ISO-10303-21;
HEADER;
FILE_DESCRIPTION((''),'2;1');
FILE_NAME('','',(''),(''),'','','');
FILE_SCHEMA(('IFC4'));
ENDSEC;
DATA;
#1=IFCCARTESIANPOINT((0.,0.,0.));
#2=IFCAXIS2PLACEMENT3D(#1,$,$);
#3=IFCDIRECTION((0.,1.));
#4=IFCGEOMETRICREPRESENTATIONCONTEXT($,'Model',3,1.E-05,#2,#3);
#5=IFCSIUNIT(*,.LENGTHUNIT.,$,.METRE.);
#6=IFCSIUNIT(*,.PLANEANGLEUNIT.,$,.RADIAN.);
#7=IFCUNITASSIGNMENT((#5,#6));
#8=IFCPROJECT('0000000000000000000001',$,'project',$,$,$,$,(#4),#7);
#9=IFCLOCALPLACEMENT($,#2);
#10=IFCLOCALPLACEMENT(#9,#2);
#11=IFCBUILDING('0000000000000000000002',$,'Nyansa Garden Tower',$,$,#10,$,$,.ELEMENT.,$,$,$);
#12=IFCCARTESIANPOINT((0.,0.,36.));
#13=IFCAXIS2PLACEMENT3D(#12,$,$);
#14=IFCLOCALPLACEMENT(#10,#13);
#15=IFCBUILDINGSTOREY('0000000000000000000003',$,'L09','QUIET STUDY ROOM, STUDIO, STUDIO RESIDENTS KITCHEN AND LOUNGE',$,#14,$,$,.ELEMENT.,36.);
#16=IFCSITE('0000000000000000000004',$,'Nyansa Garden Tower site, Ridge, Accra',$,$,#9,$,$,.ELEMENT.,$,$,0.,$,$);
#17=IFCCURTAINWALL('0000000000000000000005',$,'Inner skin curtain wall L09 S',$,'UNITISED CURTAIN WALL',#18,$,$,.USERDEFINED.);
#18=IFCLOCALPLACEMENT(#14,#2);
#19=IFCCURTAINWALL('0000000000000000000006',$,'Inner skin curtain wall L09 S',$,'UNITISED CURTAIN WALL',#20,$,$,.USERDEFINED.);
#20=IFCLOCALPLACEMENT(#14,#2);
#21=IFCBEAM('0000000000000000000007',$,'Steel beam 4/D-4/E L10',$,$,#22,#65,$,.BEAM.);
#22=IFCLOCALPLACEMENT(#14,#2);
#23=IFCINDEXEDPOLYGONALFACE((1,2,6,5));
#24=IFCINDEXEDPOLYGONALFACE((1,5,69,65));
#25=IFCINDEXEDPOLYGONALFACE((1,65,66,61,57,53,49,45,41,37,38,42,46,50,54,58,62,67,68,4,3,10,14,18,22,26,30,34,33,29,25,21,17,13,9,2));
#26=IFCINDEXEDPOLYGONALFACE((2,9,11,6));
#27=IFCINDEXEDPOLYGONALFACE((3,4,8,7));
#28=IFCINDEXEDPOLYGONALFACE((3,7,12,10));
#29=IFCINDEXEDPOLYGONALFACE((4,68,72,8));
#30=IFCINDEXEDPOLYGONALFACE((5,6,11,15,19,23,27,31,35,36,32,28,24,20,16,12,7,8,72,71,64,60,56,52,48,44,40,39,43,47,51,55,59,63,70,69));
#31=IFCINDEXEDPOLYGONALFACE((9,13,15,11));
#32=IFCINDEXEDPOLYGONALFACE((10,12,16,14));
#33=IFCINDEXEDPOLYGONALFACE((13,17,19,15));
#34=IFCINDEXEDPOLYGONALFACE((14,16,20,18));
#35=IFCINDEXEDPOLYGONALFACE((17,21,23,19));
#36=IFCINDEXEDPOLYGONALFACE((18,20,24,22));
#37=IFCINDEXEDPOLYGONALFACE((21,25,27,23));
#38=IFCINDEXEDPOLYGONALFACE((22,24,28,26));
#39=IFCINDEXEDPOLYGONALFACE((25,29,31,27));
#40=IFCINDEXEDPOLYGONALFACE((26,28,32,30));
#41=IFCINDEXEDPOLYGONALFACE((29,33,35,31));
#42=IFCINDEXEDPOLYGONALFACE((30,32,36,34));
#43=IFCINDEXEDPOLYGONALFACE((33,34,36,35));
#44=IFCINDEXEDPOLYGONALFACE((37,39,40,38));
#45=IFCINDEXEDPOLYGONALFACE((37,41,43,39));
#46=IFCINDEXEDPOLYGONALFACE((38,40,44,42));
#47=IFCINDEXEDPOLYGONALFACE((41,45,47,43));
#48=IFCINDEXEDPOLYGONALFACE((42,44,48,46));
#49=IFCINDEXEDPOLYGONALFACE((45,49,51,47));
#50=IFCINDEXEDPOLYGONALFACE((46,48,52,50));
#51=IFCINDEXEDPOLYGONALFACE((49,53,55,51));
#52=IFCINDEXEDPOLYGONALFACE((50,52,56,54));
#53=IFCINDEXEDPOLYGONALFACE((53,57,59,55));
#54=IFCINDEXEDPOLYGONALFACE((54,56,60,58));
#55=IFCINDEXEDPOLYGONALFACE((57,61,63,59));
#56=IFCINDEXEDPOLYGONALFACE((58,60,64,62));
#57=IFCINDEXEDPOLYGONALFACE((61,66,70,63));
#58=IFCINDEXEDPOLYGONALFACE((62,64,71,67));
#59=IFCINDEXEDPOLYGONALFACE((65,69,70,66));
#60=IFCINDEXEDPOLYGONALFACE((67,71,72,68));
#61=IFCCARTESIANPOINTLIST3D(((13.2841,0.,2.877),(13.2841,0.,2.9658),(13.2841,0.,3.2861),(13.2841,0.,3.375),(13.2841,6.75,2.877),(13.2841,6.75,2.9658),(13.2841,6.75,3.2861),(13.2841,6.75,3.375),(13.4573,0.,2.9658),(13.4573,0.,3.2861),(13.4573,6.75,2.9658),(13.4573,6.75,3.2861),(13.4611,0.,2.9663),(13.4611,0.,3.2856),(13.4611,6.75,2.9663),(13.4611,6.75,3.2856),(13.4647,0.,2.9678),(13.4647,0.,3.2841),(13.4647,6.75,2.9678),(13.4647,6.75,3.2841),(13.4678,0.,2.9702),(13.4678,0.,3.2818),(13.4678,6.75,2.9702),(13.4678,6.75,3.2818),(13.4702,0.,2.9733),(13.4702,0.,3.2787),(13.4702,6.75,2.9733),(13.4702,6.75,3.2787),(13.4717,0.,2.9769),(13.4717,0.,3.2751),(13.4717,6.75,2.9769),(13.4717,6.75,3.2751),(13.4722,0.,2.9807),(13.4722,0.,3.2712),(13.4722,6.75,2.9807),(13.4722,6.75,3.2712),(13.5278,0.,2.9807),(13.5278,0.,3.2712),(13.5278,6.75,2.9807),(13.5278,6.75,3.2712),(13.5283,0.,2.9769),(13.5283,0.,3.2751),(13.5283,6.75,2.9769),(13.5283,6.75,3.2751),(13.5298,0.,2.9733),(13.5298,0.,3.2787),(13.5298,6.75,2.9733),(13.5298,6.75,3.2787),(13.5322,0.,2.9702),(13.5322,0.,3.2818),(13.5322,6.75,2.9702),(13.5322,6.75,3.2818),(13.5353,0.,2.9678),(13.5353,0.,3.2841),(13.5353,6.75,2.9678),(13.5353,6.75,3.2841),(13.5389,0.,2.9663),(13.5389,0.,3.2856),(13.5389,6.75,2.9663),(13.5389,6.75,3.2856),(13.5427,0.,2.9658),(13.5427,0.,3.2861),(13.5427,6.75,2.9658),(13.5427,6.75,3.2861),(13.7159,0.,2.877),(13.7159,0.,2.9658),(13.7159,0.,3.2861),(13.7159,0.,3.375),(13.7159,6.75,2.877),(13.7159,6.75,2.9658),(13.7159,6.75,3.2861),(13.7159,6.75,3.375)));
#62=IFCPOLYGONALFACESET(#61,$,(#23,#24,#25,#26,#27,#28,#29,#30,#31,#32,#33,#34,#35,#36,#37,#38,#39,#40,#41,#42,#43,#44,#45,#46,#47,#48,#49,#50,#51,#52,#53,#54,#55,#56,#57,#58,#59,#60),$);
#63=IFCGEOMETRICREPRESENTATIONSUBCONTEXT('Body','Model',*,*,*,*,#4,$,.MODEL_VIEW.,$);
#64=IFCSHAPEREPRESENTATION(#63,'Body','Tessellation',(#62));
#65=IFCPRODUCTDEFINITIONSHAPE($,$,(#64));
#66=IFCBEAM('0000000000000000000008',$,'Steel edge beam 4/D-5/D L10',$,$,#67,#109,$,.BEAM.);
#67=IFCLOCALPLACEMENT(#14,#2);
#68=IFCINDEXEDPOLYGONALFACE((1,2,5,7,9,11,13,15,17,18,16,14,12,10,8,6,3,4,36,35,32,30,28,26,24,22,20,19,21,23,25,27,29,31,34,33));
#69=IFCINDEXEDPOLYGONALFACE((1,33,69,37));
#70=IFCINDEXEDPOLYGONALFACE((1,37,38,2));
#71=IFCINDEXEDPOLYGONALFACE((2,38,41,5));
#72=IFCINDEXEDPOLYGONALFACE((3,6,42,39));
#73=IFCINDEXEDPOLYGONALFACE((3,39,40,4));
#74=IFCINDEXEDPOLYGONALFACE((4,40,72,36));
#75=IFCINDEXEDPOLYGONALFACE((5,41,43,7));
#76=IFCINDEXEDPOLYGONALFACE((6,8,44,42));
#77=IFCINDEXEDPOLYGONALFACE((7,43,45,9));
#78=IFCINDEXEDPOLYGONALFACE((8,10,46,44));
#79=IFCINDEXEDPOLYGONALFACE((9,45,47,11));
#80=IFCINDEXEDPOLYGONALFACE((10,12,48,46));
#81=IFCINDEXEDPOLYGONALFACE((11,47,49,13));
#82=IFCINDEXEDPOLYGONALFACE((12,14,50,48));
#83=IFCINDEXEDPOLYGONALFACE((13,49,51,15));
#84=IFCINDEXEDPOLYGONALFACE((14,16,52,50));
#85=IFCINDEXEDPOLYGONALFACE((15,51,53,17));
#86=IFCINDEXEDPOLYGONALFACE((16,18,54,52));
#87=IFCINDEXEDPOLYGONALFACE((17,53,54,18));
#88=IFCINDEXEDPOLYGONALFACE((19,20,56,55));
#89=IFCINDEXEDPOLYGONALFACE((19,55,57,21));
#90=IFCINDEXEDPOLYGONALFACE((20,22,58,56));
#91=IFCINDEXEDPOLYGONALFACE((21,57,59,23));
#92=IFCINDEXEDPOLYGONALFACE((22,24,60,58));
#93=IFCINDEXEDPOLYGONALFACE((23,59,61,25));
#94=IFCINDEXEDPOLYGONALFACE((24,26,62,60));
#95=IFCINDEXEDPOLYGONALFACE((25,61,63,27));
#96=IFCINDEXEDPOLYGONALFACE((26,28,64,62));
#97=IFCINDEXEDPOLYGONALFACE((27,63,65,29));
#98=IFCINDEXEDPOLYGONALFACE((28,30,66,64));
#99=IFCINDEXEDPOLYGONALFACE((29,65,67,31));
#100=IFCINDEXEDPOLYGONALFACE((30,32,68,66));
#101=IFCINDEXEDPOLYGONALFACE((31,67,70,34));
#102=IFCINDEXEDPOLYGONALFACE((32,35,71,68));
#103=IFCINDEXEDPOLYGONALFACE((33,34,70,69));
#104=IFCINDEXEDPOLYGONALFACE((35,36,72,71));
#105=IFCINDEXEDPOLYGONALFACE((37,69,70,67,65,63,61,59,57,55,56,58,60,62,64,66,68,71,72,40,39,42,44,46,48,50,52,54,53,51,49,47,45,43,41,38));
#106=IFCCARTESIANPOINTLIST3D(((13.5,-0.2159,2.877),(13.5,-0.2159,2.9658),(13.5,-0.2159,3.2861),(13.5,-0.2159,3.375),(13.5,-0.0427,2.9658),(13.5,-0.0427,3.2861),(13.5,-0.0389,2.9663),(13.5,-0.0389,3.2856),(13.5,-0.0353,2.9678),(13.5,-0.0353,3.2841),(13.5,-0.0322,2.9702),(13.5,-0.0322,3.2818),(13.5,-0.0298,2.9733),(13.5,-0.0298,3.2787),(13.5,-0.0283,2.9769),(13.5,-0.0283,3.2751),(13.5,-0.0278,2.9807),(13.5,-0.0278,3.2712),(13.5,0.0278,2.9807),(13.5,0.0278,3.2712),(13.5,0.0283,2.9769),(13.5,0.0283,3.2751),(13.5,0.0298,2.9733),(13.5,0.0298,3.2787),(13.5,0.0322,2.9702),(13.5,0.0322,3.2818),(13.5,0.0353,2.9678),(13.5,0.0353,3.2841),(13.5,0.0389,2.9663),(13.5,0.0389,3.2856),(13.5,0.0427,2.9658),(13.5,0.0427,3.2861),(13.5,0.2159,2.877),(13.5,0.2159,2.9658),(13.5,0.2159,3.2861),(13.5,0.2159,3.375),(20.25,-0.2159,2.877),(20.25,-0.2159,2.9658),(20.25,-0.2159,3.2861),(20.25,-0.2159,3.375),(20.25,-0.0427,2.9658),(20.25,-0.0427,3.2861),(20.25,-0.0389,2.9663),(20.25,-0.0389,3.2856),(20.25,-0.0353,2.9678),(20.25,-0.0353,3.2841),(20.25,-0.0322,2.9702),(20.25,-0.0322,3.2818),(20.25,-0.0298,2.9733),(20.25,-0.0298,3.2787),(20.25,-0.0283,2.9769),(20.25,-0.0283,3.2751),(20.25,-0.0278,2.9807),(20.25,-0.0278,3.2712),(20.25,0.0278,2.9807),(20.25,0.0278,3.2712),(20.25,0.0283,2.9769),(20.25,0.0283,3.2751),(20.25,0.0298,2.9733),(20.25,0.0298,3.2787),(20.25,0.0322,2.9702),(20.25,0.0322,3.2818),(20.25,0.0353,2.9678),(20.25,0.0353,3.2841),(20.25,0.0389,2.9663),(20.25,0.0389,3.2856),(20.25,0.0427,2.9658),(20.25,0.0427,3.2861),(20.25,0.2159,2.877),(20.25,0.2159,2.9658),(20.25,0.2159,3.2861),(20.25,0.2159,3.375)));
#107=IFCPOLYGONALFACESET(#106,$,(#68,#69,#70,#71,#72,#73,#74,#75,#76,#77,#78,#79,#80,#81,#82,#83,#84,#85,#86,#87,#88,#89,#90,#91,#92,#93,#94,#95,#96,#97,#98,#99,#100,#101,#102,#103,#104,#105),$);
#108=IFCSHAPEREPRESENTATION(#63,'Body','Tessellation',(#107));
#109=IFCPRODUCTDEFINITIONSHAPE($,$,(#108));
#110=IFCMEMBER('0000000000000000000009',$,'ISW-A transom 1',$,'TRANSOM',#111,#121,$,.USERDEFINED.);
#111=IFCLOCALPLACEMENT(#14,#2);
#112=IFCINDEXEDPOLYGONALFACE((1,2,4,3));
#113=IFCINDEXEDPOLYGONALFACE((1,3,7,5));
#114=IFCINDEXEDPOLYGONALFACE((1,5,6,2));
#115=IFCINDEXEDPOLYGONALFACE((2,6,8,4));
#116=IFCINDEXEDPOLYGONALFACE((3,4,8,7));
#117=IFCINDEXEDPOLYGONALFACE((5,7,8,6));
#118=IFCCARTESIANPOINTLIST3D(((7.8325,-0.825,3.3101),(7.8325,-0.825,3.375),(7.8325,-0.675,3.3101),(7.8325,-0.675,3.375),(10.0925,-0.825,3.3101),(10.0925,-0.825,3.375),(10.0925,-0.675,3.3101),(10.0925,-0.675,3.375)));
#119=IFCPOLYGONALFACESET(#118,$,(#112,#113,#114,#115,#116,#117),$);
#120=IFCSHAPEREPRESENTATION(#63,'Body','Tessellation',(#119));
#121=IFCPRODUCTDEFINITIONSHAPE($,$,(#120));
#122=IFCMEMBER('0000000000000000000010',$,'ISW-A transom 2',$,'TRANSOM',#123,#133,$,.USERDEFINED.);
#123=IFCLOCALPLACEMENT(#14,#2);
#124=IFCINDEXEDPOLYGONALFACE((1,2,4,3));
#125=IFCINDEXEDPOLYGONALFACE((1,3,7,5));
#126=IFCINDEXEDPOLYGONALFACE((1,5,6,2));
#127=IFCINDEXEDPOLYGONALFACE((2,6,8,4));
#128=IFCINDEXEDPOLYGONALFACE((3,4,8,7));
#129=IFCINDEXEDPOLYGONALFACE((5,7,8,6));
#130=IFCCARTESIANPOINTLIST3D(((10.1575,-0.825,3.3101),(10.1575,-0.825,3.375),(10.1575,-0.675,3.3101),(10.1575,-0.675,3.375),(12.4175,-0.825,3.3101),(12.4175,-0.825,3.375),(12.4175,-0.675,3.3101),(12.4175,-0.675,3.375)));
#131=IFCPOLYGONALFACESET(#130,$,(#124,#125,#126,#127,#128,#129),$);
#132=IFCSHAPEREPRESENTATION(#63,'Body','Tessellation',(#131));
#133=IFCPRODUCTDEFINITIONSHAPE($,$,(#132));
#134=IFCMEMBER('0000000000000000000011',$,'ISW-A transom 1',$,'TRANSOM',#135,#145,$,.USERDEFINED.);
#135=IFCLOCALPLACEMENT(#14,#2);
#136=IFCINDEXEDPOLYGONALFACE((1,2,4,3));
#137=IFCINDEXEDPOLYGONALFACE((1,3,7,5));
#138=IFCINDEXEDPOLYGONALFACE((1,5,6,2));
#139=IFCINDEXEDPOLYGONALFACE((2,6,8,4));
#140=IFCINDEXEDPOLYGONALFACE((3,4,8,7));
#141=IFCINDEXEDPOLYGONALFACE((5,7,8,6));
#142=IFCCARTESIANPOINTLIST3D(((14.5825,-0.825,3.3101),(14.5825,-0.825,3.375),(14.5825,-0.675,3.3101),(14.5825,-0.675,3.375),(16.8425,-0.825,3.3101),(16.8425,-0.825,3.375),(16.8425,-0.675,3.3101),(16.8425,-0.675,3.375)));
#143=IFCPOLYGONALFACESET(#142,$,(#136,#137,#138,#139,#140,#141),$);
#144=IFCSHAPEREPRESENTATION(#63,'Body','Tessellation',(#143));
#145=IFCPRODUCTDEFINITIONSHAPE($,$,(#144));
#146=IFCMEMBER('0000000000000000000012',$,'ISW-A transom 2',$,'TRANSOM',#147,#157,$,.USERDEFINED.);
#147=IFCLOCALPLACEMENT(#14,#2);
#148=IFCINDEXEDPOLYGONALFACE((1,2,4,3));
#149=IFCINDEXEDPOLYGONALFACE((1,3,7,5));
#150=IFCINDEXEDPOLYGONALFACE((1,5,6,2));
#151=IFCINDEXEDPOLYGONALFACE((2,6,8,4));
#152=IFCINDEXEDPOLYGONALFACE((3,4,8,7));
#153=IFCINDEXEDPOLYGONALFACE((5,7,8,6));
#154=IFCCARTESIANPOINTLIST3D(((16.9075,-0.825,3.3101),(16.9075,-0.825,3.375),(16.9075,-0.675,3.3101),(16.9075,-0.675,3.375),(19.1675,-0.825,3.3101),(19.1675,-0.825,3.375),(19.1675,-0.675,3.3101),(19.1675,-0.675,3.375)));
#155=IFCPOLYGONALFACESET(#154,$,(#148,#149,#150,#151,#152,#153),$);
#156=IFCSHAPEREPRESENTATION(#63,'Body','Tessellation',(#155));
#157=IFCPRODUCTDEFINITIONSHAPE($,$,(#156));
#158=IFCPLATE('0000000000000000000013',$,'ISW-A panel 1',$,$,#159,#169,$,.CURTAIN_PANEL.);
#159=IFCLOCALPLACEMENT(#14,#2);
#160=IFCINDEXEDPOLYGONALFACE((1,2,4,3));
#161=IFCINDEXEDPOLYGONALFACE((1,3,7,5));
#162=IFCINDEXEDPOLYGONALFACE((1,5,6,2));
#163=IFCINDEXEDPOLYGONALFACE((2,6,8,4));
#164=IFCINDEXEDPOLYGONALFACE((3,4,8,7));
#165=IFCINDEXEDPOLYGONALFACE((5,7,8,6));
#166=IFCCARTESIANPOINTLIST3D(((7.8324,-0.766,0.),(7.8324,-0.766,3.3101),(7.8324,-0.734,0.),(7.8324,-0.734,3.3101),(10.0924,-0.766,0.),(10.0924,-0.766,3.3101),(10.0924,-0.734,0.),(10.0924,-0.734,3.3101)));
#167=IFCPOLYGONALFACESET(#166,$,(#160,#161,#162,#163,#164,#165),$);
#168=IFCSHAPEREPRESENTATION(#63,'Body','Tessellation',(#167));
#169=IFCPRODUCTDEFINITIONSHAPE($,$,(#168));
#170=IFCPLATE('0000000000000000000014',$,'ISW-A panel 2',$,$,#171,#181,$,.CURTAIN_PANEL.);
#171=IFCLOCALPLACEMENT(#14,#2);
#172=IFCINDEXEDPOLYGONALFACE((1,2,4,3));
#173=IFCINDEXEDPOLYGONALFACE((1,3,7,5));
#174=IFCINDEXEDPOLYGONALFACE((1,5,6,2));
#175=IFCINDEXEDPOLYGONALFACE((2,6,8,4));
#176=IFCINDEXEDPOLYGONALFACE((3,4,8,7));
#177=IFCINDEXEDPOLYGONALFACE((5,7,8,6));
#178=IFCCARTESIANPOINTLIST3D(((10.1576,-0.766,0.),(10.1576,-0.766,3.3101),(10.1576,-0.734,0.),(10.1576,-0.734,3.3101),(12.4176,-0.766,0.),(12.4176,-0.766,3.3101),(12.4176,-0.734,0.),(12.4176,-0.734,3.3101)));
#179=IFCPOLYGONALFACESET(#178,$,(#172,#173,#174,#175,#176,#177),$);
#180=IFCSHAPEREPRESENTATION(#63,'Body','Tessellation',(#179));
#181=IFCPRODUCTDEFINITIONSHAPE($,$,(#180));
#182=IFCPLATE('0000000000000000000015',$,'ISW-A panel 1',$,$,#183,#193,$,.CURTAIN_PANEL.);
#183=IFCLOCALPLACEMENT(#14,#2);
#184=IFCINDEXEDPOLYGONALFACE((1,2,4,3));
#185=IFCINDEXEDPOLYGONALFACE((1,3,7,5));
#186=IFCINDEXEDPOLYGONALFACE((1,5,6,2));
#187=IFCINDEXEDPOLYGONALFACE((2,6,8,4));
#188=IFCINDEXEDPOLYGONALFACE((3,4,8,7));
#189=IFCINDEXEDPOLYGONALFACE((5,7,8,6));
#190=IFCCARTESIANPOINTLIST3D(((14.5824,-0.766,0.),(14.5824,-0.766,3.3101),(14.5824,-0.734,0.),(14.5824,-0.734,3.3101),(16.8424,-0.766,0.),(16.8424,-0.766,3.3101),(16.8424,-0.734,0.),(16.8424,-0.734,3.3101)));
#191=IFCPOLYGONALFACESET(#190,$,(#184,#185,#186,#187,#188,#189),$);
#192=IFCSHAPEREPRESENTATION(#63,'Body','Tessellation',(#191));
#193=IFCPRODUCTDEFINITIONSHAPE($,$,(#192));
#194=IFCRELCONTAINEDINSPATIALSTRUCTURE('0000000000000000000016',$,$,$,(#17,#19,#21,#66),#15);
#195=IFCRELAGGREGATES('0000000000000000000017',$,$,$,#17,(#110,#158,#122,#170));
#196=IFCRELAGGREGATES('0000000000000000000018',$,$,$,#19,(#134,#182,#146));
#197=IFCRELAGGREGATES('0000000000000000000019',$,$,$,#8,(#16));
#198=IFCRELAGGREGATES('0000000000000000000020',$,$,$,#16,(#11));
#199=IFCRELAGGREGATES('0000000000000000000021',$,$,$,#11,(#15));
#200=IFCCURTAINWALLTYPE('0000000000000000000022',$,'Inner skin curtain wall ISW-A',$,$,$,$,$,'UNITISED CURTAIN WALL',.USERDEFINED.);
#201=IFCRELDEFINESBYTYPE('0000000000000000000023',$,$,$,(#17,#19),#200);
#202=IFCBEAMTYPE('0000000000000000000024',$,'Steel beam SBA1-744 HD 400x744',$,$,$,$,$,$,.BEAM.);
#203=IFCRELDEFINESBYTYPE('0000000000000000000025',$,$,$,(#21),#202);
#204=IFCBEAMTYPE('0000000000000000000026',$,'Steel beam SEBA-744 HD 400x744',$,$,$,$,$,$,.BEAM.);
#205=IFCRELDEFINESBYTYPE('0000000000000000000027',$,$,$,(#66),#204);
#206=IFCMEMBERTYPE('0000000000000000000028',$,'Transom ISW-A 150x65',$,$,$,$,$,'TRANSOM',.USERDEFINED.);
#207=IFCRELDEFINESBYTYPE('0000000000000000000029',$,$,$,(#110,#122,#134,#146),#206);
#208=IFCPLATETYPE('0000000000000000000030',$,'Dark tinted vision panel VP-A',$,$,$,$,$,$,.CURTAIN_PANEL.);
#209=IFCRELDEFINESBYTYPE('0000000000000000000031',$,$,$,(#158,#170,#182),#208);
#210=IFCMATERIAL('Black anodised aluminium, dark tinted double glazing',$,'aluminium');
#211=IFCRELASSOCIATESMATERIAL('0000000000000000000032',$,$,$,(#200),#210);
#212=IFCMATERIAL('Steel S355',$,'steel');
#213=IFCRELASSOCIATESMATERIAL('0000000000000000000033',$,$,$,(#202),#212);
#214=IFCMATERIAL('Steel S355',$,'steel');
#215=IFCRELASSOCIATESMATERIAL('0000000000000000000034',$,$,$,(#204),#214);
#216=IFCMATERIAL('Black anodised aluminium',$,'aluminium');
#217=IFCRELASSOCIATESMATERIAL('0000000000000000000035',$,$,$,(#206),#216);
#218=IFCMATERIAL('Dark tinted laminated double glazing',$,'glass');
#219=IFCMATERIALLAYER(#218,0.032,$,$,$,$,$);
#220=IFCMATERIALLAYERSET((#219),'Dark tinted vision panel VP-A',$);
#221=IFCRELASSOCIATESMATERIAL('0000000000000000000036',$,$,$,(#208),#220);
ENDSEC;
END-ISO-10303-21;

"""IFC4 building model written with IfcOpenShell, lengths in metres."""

from ifc_helpers import new_model, si_unit, direction, frame, origin, origin_2d, place, context, subcontext, project, spatial, rectangle, i_section, extrude, material, layer, layer_set, material_profile, profile_set, type_object, element, aggregate, save


model = new_model("IFC4")

# Units and contexts
model_context = context("Model", 3, precision=1e-05, world=origin(), true_north=direction((0.0, 1.0)))
body_context = subcontext(model_context, "Body", "Model", "MODEL_VIEW")
ifc_project = project(units=[si_unit("LENGTHUNIT", "METRE"), si_unit("PLANEANGLEUNIT", "RADIAN")], contexts=[model_context])

# Site, building, storey
site_placement = place(None, origin())
site = spatial("IfcSite", under=ifc_project, at=site_placement, Name="Nyansa Garden Tower site, Ridge, Accra", CompositionType="ELEMENT", RefElevation=0.0)
building_placement = place(site_placement, origin())
building = spatial("IfcBuilding", under=site, at=building_placement, Name="Nyansa Garden Tower", CompositionType="ELEMENT")
storey_placement = place(building_placement, frame((0.0, 0.0, 36.0)))
storey = spatial("IfcBuildingStorey", under=building, at=storey_placement, Name="L09", Description="QUIET STUDY ROOM, STUDIO, STUDIO RESIDENTS KITCHEN AND LOUNGE", CompositionType="ELEMENT", Elevation=36.0)

# Curtain walls
ifc_material_1 = material(Name="Black anodised aluminium, dark tinted double glazing", Category="aluminium")
curtain_wall_type = type_object("IfcCurtainWallType", Name="Inner skin curtain wall ISW-A", ElementType="UNITISED CURTAIN WALL", PredefinedType="USERDEFINED", material=ifc_material_1)
curtain_wall_1_placement = place(storey_placement, origin())
curtain_wall_1 = element("IfcCurtainWall", 1, at=curtain_wall_1_placement, inside=storey, type_object=curtain_wall_type, Name="Inner skin curtain wall L09 S", ObjectType="UNITISED CURTAIN WALL", PredefinedType="USERDEFINED")
curtain_wall_2_placement = place(storey_placement, origin())
curtain_wall_2 = element("IfcCurtainWall", 2, at=curtain_wall_2_placement, inside=storey, type_object=curtain_wall_type, Name="Inner skin curtain wall L09 S", ObjectType="UNITISED CURTAIN WALL", PredefinedType="USERDEFINED")

# Beams
ifc_material_2 = material(Name="Steel S355", Category="steel")
ifc_material_profile_1 = material_profile(ifc_material_2, i_section(OverallWidth=0.4319, OverallDepth=0.498, WebThickness=0.0557, FlangeThickness=0.0889, FilletRadius=0.0149, at=origin_2d()), Name="HD 400x744")
ifc_profile_set_1 = profile_set([ifc_material_profile_1], Name="Steel S355")
beam_type_1 = type_object("IfcBeamType", Name="Steel beam SBA1-744 HD 400x744", PredefinedType="BEAM", material=ifc_profile_set_1)
beam_1_placement = place(storey_placement, frame((13.5, 0.0, 3.126), z_axis=(0.0, 1.0, 0.0), x_axis=(-1.0, 0.0, 0.0)))
element("IfcBeam", 3, at=beam_1_placement, inside=storey, type_object=beam_type_1, Name="Steel beam 4/D-4/E L10", PredefinedType="BEAM", context=body_context, shape_type="SweptSolid", body=[
    extrude(i_section(OverallWidth=0.4319, OverallDepth=0.498, WebThickness=0.0557, FlangeThickness=0.0889, FilletRadius=0.0149, at=origin_2d()), origin(), (0.0, 0.0, 1.0), 6.75),
])
ifc_material_3 = material(Name="Steel S355", Category="steel")
ifc_material_profile_2 = material_profile(ifc_material_3, i_section(OverallWidth=0.4319, OverallDepth=0.498, WebThickness=0.0557, FlangeThickness=0.0889, FilletRadius=0.0149, at=origin_2d()), Name="HD 400x744")
ifc_profile_set_2 = profile_set([ifc_material_profile_2], Name="Steel S355")
beam_type_2 = type_object("IfcBeamType", Name="Steel beam SEBA-744 HD 400x744", PredefinedType="BEAM", material=ifc_profile_set_2)
beam_2_placement = place(storey_placement, frame((13.5, 0.0, 3.126), z_axis=(1.0, 0.0, 0.0), x_axis=(0.0, 1.0, 0.0)))
element("IfcBeam", 4, at=beam_2_placement, inside=storey, type_object=beam_type_2, Name="Steel edge beam 4/D-5/D L10", PredefinedType="BEAM", context=body_context, shape_type="SweptSolid", body=[
    extrude(i_section(OverallWidth=0.4319, OverallDepth=0.498, WebThickness=0.0557, FlangeThickness=0.0889, FilletRadius=0.0149, at=origin_2d()), origin(), (0.0, 0.0, 1.0), 6.75),
])

# Members
ifc_material_4 = material(Name="Black anodised aluminium", Category="aluminium")
ifc_material_profile_3 = material_profile(ifc_material_4, rectangle(XDim=0.1499, YDim=0.0649, at=origin_2d()), Name="Transom 150x65")
ifc_profile_set_3 = profile_set([ifc_material_profile_3], Name="Black anodised aluminium")
member_type_1 = type_object("IfcMemberType", Name="Transom ISW-A 150x65", ElementType="TRANSOM", PredefinedType="USERDEFINED", material=ifc_profile_set_3)
member_1_placement = place(storey_placement, frame((7.8325, -0.75, 3.3425), z_axis=(1.0, 0.0, 0.0), x_axis=(0.0, 1.0, 0.0)))
member_1 = element("IfcMember", 5, at=member_1_placement, type_object=member_type_1, Name="ISW-A transom 1", ObjectType="TRANSOM", PredefinedType="USERDEFINED", context=body_context, shape_type="SweptSolid", body=[
    extrude(rectangle(XDim=0.1499, YDim=0.0649, at=origin_2d()), origin(), (0.0, 0.0, 1.0), 2.26),
])
member_2_placement = place(storey_placement, frame((10.1575, -0.75, 3.3425), z_axis=(1.0, 0.0, 0.0), x_axis=(0.0, 1.0, 0.0)))
member_2 = element("IfcMember", 6, at=member_2_placement, type_object=member_type_1, Name="ISW-A transom 2", ObjectType="TRANSOM", PredefinedType="USERDEFINED", context=body_context, shape_type="SweptSolid", body=[
    extrude(rectangle(XDim=0.1499, YDim=0.0649, at=origin_2d()), origin(), (0.0, 0.0, 1.0), 2.26),
])
member_3_placement = place(storey_placement, frame((14.5825, -0.75, 3.3425), z_axis=(1.0, 0.0, 0.0), x_axis=(0.0, 1.0, 0.0)))
member_3 = element("IfcMember", 7, at=member_3_placement, type_object=member_type_1, Name="ISW-A transom 1", ObjectType="TRANSOM", PredefinedType="USERDEFINED", context=body_context, shape_type="SweptSolid", body=[
    extrude(rectangle(XDim=0.1499, YDim=0.0649, at=origin_2d()), origin(), (0.0, 0.0, 1.0), 2.26),
])
member_4_placement = place(storey_placement, frame((16.9075, -0.75, 3.3425), z_axis=(1.0, 0.0, 0.0), x_axis=(0.0, 1.0, 0.0)))
member_4 = element("IfcMember", 8, at=member_4_placement, type_object=member_type_1, Name="ISW-A transom 2", ObjectType="TRANSOM", PredefinedType="USERDEFINED", context=body_context, shape_type="SweptSolid", body=[
    extrude(rectangle(XDim=0.1499, YDim=0.0649, at=origin_2d()), origin(), (0.0, 0.0, 1.0), 2.26),
])

# Plates
ifc_material_5 = material(Name="Dark tinted laminated double glazing", Category="glass")
ifc_layer_1 = layer(ifc_material_5, 0.032)
ifc_layer_set_1 = layer_set([ifc_layer_1], Name="Dark tinted vision panel VP-A")
plate_type_1 = type_object("IfcPlateType", Name="Dark tinted vision panel VP-A", PredefinedType="CURTAIN_PANEL", material=ifc_layer_set_1)
plate_1_placement = place(storey_placement, frame((8.9624, -0.75, 0.0), z_axis=(0.0, 0.0, 1.0), x_axis=(1.0, 0.0, 0.0)))
plate_1 = element("IfcPlate", 9, at=plate_1_placement, type_object=plate_type_1, Name="ISW-A panel 1", PredefinedType="CURTAIN_PANEL", context=body_context, shape_type="SweptSolid", body=[
    extrude(rectangle(XDim=2.26, YDim=0.032, at=origin_2d()), origin(), (0.0, 0.0, 1.0), 3.3101),
])
plate_2_placement = place(storey_placement, frame((11.2876, -0.75, 0.0), z_axis=(0.0, 0.0, 1.0), x_axis=(1.0, 0.0, 0.0)))
plate_2 = element("IfcPlate", 10, at=plate_2_placement, type_object=plate_type_1, Name="ISW-A panel 2", PredefinedType="CURTAIN_PANEL", context=body_context, shape_type="SweptSolid", body=[
    extrude(rectangle(XDim=2.26, YDim=0.032, at=origin_2d()), origin(), (0.0, 0.0, 1.0), 3.3101),
])
aggregate(curtain_wall_1, [member_1, plate_1, member_2, plate_2])
plate_3_placement = place(storey_placement, frame((15.7124, -0.75, 0.0), z_axis=(0.0, 0.0, 1.0), x_axis=(1.0, 0.0, 0.0)))
plate_3 = element("IfcPlate", 11, at=plate_3_placement, type_object=plate_type_1, Name="ISW-A panel 1", PredefinedType="CURTAIN_PANEL", context=body_context, shape_type="SweptSolid", body=[
    extrude(rectangle(XDim=2.26, YDim=0.032, at=origin_2d()), origin(), (0.0, 0.0, 1.0), 3.3101),
])
aggregate(curtain_wall_2, [member_3, plate_3, member_4])

save(model, "model.ifc")
